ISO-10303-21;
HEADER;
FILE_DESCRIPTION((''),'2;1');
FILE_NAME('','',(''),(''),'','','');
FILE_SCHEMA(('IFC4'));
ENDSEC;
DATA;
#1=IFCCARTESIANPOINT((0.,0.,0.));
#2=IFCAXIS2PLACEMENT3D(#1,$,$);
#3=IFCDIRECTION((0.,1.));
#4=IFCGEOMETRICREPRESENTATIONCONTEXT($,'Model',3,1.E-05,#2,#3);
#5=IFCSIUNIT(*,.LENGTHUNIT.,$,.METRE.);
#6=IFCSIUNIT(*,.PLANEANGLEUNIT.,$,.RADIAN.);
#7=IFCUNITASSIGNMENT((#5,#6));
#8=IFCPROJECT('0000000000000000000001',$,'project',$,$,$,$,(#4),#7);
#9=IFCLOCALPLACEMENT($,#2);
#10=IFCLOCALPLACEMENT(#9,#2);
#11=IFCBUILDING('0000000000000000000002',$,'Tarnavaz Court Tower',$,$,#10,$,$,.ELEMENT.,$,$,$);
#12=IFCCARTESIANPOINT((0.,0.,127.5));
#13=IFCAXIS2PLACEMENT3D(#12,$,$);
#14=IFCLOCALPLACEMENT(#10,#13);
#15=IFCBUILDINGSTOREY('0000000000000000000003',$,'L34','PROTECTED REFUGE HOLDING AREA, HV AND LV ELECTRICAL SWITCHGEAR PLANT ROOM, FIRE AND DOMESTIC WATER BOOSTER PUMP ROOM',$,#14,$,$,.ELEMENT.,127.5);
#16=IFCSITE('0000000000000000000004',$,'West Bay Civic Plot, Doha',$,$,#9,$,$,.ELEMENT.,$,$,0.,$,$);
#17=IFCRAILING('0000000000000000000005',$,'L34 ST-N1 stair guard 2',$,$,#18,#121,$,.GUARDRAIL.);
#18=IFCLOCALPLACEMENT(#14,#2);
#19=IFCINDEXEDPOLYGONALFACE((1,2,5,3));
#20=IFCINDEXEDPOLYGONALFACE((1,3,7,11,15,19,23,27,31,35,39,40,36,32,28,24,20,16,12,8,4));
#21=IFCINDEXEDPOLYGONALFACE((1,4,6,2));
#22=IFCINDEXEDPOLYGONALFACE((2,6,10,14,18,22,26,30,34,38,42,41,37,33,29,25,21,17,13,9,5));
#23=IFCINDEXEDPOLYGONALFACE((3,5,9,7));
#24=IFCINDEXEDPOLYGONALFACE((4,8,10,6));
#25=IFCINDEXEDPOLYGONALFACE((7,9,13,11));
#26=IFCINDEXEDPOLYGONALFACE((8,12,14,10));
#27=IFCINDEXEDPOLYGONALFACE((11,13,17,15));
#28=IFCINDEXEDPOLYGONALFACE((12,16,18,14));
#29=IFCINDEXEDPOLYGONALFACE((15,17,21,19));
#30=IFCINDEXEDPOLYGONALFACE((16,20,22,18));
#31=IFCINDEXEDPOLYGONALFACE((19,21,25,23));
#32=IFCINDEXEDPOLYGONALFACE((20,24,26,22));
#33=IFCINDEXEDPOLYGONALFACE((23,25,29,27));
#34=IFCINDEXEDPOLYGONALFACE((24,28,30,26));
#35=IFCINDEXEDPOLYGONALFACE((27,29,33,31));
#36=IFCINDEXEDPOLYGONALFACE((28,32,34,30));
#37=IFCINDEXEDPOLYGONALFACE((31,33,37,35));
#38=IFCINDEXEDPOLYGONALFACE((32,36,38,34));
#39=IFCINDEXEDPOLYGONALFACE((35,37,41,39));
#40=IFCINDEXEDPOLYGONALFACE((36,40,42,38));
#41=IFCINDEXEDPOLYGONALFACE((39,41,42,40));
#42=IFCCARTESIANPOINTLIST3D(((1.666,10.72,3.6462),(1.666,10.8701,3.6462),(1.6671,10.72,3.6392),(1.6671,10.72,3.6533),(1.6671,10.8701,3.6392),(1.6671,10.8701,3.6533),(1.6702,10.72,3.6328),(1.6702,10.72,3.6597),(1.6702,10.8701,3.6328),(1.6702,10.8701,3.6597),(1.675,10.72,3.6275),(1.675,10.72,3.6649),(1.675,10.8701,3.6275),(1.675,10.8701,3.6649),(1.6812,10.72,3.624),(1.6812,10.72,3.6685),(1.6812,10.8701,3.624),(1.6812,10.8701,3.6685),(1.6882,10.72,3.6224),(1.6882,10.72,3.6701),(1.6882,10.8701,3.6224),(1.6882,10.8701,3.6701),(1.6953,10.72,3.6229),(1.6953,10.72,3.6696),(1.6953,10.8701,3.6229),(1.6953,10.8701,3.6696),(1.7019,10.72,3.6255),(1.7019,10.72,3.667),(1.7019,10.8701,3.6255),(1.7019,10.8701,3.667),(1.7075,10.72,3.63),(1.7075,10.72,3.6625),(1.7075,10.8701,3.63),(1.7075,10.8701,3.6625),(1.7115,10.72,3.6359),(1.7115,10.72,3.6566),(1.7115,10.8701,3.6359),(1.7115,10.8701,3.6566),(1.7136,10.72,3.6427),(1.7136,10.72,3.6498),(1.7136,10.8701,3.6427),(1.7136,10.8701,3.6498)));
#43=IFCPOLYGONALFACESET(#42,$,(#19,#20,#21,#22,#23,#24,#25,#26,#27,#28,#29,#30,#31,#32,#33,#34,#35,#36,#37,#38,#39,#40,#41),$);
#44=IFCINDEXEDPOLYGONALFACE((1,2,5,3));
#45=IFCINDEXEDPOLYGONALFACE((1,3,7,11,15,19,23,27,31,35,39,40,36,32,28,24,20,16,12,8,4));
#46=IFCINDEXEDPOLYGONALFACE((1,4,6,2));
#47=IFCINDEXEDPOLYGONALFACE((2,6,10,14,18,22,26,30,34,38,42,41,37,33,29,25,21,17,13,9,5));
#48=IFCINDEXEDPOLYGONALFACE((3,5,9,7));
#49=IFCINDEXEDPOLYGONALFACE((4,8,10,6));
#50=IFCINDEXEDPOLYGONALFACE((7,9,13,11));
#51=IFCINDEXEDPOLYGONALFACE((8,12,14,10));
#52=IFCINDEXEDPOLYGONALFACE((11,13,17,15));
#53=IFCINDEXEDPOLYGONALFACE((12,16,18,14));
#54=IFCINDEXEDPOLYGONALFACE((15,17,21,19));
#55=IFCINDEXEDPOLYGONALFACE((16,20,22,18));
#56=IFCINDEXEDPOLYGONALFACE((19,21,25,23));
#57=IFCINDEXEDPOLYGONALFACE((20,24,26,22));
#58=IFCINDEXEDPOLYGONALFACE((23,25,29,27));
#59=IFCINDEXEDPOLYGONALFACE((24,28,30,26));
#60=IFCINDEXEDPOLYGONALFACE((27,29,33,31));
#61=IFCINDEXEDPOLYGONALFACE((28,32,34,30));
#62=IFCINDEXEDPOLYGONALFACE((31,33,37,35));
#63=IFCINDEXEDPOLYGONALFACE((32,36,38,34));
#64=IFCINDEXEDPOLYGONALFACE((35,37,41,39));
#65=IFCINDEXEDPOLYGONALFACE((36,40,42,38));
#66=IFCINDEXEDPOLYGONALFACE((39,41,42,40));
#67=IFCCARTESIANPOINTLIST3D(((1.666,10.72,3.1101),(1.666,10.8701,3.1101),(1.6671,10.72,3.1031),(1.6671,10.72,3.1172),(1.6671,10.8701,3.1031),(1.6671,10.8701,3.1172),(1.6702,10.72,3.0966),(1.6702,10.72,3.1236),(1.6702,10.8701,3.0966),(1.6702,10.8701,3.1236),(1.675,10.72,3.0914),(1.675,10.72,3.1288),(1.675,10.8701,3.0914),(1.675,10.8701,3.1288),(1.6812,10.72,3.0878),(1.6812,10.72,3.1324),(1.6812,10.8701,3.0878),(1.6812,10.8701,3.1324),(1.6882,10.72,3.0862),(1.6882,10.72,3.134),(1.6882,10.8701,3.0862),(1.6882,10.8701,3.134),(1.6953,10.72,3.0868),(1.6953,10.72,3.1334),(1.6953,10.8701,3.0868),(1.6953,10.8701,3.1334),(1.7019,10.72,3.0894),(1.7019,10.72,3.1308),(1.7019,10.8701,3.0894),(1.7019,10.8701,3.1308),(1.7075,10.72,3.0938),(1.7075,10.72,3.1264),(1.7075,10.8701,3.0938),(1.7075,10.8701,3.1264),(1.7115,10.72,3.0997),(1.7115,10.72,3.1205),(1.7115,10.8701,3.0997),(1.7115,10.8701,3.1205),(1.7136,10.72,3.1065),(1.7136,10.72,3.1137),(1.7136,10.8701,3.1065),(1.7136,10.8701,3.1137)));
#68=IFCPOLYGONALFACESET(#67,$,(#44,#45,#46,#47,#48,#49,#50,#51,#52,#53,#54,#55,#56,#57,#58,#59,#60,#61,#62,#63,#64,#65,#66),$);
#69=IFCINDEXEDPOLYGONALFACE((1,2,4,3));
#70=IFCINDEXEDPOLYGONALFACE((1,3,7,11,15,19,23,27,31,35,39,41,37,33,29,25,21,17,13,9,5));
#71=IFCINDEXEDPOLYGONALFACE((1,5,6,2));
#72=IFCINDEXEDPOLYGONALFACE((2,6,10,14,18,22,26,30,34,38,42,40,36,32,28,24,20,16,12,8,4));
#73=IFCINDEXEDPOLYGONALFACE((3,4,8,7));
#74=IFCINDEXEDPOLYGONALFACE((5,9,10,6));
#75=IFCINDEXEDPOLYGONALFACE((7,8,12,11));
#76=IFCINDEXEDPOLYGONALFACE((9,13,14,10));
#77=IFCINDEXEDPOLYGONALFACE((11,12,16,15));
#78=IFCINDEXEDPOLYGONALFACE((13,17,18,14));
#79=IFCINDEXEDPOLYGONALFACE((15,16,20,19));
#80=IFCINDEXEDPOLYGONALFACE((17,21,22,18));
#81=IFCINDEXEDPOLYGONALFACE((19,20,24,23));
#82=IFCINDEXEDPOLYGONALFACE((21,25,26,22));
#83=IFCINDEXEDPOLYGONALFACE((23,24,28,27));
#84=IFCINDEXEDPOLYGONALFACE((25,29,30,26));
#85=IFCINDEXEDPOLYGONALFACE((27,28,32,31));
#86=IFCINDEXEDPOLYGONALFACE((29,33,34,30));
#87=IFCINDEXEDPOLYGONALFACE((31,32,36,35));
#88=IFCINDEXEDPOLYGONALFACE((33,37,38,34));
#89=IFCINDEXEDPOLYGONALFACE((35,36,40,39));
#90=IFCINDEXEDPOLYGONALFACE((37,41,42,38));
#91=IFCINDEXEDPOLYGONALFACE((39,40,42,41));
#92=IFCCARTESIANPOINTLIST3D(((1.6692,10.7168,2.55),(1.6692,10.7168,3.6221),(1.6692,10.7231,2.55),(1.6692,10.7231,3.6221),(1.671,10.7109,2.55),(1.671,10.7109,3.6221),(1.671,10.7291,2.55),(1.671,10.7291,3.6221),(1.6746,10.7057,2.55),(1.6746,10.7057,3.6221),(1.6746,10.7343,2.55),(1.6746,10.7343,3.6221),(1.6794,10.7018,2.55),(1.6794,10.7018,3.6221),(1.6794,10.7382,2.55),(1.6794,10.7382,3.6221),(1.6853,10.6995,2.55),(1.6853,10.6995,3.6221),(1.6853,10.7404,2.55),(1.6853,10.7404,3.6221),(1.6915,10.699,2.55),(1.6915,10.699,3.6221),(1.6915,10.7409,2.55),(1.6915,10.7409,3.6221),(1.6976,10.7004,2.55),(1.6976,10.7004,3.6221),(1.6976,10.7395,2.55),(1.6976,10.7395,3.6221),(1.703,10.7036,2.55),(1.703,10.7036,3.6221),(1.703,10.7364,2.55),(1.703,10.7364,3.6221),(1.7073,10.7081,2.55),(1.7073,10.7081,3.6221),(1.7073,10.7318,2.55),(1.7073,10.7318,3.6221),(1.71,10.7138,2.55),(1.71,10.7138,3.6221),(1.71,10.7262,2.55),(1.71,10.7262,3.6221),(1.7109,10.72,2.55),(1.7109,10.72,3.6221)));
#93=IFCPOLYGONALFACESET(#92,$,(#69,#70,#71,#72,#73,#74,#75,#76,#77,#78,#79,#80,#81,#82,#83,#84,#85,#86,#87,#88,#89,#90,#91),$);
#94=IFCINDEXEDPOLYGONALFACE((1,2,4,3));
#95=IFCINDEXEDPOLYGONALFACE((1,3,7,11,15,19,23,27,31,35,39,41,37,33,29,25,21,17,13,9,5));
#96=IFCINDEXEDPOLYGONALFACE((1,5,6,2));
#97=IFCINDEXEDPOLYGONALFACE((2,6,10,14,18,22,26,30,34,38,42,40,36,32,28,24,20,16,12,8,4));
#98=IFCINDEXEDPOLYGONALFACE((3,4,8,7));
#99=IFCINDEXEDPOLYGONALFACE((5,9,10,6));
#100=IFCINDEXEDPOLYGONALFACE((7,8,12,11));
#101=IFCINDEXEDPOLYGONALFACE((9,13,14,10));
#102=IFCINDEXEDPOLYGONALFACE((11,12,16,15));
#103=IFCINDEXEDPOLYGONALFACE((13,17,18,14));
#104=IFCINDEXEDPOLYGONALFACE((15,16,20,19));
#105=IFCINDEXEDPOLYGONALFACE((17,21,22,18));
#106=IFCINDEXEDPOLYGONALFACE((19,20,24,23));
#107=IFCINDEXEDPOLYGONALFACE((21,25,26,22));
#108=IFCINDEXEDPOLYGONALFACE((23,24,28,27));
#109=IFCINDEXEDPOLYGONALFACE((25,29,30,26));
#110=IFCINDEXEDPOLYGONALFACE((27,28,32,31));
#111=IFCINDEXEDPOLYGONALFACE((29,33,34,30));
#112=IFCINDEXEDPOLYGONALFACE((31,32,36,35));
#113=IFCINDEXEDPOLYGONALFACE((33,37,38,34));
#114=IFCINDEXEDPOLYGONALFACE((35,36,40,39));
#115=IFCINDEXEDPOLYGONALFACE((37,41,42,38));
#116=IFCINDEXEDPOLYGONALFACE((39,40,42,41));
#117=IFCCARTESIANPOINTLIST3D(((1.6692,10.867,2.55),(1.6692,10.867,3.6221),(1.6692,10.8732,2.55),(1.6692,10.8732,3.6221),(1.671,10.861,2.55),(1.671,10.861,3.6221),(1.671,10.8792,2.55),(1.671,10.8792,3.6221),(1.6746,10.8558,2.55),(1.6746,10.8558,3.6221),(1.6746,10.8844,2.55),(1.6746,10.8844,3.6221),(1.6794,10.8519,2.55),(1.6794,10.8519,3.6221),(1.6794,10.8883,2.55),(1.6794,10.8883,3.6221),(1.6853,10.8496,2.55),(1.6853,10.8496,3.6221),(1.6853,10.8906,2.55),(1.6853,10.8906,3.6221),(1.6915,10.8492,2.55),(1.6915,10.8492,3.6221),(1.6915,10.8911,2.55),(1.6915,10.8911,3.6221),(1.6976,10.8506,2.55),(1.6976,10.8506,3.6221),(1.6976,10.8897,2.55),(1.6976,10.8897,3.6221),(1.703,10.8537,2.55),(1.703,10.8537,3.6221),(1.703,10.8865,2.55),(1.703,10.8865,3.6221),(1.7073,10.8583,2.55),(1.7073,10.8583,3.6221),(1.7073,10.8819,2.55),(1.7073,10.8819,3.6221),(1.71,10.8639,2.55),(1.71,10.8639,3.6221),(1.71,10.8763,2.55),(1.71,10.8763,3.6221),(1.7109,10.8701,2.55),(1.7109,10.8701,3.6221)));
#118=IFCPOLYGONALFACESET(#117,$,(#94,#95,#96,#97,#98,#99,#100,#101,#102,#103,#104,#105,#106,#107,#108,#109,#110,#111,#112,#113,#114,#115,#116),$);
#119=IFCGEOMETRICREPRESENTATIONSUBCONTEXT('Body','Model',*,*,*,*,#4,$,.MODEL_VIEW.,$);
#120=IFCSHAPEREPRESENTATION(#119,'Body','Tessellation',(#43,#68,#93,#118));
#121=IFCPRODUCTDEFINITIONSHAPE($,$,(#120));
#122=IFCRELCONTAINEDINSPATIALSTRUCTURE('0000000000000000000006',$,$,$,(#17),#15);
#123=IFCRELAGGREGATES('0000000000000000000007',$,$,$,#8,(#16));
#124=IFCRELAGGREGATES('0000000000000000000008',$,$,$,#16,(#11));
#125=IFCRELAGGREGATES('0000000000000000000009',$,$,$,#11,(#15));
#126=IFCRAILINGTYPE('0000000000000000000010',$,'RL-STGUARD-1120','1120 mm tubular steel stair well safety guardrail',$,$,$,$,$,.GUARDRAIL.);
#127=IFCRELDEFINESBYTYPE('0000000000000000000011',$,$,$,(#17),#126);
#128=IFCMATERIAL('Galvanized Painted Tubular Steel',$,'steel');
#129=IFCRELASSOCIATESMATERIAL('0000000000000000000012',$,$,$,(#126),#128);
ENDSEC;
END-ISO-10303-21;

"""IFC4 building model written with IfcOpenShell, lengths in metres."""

from ifc_helpers import new_model, si_unit, direction, frame, origin, origin_2d, place, context, subcontext, project, spatial, circle, extrude, material, type_object, element, save


model = new_model("IFC4")

# Units and contexts
model_context = context("Model", 3, precision=1e-05, world=origin(), true_north=direction((0.0, 1.0)))
body_context = subcontext(model_context, "Body", "Model", "MODEL_VIEW")
ifc_project = project(units=[si_unit("LENGTHUNIT", "METRE"), si_unit("PLANEANGLEUNIT", "RADIAN")], contexts=[model_context])

# Site, building, storey
site_placement = place(None, origin())
site = spatial("IfcSite", under=ifc_project, at=site_placement, Name="West Bay Civic Plot, Doha", CompositionType="ELEMENT", RefElevation=0.0)
building_placement = place(site_placement, origin())
building = spatial("IfcBuilding", under=site, at=building_placement, Name="Tarnavaz Court Tower", CompositionType="ELEMENT")
storey_placement = place(building_placement, frame((0.0, 0.0, 127.5)))
storey = spatial("IfcBuildingStorey", under=building, at=storey_placement, Name="L34", Description="PROTECTED REFUGE HOLDING AREA, HV AND LV ELECTRICAL SWITCHGEAR PLANT ROOM, FIRE AND DOMESTIC WATER BOOSTER PUMP ROOM", CompositionType="ELEMENT", Elevation=127.5)

# Railing
ifc_material_1 = material(Name="Galvanized Painted Tubular Steel", Category="steel")
railing_type_1 = type_object("IfcRailingType", Name="RL-STGUARD-1120", Description="1120 mm tubular steel stair well safety guardrail", PredefinedType="GUARDRAIL", material=ifc_material_1)
railing_1_placement = place(storey_placement, frame((1.6899, 10.72, 2.55)))
element("IfcRailing", 1, at=railing_1_placement, inside=storey, type_object=railing_type_1, Name="L34 ST-N1 stair guard 2", PredefinedType="GUARDRAIL", context=body_context, shape_type="SweptSolid", body=[
    extrude(circle(Radius=0.0239, at=origin_2d()), frame((0.0, 0.0, 1.0962), z_axis=(0.0, 1.0, 0.0), x_axis=(-1.0, 0.0, 0.0)), (0.0, 0.0, 1.0), 0.1501),
    extrude(circle(Radius=0.0239, at=origin_2d()), frame((0.0, 0.0, 0.5601), z_axis=(0.0, 1.0, 0.0), x_axis=(-1.0, 0.0, 0.0)), (0.0, 0.0, 1.0), 0.1501),
    extrude(circle(Radius=0.021, at=origin_2d()), origin(), (0.0, 0.0, 1.0), 1.072),
    extrude(circle(Radius=0.021, at=origin_2d()), frame((0.0, 0.1501, 0.0)), (0.0, 0.0, 1.0), 1.072),
])

save(model, "model.ifc")
